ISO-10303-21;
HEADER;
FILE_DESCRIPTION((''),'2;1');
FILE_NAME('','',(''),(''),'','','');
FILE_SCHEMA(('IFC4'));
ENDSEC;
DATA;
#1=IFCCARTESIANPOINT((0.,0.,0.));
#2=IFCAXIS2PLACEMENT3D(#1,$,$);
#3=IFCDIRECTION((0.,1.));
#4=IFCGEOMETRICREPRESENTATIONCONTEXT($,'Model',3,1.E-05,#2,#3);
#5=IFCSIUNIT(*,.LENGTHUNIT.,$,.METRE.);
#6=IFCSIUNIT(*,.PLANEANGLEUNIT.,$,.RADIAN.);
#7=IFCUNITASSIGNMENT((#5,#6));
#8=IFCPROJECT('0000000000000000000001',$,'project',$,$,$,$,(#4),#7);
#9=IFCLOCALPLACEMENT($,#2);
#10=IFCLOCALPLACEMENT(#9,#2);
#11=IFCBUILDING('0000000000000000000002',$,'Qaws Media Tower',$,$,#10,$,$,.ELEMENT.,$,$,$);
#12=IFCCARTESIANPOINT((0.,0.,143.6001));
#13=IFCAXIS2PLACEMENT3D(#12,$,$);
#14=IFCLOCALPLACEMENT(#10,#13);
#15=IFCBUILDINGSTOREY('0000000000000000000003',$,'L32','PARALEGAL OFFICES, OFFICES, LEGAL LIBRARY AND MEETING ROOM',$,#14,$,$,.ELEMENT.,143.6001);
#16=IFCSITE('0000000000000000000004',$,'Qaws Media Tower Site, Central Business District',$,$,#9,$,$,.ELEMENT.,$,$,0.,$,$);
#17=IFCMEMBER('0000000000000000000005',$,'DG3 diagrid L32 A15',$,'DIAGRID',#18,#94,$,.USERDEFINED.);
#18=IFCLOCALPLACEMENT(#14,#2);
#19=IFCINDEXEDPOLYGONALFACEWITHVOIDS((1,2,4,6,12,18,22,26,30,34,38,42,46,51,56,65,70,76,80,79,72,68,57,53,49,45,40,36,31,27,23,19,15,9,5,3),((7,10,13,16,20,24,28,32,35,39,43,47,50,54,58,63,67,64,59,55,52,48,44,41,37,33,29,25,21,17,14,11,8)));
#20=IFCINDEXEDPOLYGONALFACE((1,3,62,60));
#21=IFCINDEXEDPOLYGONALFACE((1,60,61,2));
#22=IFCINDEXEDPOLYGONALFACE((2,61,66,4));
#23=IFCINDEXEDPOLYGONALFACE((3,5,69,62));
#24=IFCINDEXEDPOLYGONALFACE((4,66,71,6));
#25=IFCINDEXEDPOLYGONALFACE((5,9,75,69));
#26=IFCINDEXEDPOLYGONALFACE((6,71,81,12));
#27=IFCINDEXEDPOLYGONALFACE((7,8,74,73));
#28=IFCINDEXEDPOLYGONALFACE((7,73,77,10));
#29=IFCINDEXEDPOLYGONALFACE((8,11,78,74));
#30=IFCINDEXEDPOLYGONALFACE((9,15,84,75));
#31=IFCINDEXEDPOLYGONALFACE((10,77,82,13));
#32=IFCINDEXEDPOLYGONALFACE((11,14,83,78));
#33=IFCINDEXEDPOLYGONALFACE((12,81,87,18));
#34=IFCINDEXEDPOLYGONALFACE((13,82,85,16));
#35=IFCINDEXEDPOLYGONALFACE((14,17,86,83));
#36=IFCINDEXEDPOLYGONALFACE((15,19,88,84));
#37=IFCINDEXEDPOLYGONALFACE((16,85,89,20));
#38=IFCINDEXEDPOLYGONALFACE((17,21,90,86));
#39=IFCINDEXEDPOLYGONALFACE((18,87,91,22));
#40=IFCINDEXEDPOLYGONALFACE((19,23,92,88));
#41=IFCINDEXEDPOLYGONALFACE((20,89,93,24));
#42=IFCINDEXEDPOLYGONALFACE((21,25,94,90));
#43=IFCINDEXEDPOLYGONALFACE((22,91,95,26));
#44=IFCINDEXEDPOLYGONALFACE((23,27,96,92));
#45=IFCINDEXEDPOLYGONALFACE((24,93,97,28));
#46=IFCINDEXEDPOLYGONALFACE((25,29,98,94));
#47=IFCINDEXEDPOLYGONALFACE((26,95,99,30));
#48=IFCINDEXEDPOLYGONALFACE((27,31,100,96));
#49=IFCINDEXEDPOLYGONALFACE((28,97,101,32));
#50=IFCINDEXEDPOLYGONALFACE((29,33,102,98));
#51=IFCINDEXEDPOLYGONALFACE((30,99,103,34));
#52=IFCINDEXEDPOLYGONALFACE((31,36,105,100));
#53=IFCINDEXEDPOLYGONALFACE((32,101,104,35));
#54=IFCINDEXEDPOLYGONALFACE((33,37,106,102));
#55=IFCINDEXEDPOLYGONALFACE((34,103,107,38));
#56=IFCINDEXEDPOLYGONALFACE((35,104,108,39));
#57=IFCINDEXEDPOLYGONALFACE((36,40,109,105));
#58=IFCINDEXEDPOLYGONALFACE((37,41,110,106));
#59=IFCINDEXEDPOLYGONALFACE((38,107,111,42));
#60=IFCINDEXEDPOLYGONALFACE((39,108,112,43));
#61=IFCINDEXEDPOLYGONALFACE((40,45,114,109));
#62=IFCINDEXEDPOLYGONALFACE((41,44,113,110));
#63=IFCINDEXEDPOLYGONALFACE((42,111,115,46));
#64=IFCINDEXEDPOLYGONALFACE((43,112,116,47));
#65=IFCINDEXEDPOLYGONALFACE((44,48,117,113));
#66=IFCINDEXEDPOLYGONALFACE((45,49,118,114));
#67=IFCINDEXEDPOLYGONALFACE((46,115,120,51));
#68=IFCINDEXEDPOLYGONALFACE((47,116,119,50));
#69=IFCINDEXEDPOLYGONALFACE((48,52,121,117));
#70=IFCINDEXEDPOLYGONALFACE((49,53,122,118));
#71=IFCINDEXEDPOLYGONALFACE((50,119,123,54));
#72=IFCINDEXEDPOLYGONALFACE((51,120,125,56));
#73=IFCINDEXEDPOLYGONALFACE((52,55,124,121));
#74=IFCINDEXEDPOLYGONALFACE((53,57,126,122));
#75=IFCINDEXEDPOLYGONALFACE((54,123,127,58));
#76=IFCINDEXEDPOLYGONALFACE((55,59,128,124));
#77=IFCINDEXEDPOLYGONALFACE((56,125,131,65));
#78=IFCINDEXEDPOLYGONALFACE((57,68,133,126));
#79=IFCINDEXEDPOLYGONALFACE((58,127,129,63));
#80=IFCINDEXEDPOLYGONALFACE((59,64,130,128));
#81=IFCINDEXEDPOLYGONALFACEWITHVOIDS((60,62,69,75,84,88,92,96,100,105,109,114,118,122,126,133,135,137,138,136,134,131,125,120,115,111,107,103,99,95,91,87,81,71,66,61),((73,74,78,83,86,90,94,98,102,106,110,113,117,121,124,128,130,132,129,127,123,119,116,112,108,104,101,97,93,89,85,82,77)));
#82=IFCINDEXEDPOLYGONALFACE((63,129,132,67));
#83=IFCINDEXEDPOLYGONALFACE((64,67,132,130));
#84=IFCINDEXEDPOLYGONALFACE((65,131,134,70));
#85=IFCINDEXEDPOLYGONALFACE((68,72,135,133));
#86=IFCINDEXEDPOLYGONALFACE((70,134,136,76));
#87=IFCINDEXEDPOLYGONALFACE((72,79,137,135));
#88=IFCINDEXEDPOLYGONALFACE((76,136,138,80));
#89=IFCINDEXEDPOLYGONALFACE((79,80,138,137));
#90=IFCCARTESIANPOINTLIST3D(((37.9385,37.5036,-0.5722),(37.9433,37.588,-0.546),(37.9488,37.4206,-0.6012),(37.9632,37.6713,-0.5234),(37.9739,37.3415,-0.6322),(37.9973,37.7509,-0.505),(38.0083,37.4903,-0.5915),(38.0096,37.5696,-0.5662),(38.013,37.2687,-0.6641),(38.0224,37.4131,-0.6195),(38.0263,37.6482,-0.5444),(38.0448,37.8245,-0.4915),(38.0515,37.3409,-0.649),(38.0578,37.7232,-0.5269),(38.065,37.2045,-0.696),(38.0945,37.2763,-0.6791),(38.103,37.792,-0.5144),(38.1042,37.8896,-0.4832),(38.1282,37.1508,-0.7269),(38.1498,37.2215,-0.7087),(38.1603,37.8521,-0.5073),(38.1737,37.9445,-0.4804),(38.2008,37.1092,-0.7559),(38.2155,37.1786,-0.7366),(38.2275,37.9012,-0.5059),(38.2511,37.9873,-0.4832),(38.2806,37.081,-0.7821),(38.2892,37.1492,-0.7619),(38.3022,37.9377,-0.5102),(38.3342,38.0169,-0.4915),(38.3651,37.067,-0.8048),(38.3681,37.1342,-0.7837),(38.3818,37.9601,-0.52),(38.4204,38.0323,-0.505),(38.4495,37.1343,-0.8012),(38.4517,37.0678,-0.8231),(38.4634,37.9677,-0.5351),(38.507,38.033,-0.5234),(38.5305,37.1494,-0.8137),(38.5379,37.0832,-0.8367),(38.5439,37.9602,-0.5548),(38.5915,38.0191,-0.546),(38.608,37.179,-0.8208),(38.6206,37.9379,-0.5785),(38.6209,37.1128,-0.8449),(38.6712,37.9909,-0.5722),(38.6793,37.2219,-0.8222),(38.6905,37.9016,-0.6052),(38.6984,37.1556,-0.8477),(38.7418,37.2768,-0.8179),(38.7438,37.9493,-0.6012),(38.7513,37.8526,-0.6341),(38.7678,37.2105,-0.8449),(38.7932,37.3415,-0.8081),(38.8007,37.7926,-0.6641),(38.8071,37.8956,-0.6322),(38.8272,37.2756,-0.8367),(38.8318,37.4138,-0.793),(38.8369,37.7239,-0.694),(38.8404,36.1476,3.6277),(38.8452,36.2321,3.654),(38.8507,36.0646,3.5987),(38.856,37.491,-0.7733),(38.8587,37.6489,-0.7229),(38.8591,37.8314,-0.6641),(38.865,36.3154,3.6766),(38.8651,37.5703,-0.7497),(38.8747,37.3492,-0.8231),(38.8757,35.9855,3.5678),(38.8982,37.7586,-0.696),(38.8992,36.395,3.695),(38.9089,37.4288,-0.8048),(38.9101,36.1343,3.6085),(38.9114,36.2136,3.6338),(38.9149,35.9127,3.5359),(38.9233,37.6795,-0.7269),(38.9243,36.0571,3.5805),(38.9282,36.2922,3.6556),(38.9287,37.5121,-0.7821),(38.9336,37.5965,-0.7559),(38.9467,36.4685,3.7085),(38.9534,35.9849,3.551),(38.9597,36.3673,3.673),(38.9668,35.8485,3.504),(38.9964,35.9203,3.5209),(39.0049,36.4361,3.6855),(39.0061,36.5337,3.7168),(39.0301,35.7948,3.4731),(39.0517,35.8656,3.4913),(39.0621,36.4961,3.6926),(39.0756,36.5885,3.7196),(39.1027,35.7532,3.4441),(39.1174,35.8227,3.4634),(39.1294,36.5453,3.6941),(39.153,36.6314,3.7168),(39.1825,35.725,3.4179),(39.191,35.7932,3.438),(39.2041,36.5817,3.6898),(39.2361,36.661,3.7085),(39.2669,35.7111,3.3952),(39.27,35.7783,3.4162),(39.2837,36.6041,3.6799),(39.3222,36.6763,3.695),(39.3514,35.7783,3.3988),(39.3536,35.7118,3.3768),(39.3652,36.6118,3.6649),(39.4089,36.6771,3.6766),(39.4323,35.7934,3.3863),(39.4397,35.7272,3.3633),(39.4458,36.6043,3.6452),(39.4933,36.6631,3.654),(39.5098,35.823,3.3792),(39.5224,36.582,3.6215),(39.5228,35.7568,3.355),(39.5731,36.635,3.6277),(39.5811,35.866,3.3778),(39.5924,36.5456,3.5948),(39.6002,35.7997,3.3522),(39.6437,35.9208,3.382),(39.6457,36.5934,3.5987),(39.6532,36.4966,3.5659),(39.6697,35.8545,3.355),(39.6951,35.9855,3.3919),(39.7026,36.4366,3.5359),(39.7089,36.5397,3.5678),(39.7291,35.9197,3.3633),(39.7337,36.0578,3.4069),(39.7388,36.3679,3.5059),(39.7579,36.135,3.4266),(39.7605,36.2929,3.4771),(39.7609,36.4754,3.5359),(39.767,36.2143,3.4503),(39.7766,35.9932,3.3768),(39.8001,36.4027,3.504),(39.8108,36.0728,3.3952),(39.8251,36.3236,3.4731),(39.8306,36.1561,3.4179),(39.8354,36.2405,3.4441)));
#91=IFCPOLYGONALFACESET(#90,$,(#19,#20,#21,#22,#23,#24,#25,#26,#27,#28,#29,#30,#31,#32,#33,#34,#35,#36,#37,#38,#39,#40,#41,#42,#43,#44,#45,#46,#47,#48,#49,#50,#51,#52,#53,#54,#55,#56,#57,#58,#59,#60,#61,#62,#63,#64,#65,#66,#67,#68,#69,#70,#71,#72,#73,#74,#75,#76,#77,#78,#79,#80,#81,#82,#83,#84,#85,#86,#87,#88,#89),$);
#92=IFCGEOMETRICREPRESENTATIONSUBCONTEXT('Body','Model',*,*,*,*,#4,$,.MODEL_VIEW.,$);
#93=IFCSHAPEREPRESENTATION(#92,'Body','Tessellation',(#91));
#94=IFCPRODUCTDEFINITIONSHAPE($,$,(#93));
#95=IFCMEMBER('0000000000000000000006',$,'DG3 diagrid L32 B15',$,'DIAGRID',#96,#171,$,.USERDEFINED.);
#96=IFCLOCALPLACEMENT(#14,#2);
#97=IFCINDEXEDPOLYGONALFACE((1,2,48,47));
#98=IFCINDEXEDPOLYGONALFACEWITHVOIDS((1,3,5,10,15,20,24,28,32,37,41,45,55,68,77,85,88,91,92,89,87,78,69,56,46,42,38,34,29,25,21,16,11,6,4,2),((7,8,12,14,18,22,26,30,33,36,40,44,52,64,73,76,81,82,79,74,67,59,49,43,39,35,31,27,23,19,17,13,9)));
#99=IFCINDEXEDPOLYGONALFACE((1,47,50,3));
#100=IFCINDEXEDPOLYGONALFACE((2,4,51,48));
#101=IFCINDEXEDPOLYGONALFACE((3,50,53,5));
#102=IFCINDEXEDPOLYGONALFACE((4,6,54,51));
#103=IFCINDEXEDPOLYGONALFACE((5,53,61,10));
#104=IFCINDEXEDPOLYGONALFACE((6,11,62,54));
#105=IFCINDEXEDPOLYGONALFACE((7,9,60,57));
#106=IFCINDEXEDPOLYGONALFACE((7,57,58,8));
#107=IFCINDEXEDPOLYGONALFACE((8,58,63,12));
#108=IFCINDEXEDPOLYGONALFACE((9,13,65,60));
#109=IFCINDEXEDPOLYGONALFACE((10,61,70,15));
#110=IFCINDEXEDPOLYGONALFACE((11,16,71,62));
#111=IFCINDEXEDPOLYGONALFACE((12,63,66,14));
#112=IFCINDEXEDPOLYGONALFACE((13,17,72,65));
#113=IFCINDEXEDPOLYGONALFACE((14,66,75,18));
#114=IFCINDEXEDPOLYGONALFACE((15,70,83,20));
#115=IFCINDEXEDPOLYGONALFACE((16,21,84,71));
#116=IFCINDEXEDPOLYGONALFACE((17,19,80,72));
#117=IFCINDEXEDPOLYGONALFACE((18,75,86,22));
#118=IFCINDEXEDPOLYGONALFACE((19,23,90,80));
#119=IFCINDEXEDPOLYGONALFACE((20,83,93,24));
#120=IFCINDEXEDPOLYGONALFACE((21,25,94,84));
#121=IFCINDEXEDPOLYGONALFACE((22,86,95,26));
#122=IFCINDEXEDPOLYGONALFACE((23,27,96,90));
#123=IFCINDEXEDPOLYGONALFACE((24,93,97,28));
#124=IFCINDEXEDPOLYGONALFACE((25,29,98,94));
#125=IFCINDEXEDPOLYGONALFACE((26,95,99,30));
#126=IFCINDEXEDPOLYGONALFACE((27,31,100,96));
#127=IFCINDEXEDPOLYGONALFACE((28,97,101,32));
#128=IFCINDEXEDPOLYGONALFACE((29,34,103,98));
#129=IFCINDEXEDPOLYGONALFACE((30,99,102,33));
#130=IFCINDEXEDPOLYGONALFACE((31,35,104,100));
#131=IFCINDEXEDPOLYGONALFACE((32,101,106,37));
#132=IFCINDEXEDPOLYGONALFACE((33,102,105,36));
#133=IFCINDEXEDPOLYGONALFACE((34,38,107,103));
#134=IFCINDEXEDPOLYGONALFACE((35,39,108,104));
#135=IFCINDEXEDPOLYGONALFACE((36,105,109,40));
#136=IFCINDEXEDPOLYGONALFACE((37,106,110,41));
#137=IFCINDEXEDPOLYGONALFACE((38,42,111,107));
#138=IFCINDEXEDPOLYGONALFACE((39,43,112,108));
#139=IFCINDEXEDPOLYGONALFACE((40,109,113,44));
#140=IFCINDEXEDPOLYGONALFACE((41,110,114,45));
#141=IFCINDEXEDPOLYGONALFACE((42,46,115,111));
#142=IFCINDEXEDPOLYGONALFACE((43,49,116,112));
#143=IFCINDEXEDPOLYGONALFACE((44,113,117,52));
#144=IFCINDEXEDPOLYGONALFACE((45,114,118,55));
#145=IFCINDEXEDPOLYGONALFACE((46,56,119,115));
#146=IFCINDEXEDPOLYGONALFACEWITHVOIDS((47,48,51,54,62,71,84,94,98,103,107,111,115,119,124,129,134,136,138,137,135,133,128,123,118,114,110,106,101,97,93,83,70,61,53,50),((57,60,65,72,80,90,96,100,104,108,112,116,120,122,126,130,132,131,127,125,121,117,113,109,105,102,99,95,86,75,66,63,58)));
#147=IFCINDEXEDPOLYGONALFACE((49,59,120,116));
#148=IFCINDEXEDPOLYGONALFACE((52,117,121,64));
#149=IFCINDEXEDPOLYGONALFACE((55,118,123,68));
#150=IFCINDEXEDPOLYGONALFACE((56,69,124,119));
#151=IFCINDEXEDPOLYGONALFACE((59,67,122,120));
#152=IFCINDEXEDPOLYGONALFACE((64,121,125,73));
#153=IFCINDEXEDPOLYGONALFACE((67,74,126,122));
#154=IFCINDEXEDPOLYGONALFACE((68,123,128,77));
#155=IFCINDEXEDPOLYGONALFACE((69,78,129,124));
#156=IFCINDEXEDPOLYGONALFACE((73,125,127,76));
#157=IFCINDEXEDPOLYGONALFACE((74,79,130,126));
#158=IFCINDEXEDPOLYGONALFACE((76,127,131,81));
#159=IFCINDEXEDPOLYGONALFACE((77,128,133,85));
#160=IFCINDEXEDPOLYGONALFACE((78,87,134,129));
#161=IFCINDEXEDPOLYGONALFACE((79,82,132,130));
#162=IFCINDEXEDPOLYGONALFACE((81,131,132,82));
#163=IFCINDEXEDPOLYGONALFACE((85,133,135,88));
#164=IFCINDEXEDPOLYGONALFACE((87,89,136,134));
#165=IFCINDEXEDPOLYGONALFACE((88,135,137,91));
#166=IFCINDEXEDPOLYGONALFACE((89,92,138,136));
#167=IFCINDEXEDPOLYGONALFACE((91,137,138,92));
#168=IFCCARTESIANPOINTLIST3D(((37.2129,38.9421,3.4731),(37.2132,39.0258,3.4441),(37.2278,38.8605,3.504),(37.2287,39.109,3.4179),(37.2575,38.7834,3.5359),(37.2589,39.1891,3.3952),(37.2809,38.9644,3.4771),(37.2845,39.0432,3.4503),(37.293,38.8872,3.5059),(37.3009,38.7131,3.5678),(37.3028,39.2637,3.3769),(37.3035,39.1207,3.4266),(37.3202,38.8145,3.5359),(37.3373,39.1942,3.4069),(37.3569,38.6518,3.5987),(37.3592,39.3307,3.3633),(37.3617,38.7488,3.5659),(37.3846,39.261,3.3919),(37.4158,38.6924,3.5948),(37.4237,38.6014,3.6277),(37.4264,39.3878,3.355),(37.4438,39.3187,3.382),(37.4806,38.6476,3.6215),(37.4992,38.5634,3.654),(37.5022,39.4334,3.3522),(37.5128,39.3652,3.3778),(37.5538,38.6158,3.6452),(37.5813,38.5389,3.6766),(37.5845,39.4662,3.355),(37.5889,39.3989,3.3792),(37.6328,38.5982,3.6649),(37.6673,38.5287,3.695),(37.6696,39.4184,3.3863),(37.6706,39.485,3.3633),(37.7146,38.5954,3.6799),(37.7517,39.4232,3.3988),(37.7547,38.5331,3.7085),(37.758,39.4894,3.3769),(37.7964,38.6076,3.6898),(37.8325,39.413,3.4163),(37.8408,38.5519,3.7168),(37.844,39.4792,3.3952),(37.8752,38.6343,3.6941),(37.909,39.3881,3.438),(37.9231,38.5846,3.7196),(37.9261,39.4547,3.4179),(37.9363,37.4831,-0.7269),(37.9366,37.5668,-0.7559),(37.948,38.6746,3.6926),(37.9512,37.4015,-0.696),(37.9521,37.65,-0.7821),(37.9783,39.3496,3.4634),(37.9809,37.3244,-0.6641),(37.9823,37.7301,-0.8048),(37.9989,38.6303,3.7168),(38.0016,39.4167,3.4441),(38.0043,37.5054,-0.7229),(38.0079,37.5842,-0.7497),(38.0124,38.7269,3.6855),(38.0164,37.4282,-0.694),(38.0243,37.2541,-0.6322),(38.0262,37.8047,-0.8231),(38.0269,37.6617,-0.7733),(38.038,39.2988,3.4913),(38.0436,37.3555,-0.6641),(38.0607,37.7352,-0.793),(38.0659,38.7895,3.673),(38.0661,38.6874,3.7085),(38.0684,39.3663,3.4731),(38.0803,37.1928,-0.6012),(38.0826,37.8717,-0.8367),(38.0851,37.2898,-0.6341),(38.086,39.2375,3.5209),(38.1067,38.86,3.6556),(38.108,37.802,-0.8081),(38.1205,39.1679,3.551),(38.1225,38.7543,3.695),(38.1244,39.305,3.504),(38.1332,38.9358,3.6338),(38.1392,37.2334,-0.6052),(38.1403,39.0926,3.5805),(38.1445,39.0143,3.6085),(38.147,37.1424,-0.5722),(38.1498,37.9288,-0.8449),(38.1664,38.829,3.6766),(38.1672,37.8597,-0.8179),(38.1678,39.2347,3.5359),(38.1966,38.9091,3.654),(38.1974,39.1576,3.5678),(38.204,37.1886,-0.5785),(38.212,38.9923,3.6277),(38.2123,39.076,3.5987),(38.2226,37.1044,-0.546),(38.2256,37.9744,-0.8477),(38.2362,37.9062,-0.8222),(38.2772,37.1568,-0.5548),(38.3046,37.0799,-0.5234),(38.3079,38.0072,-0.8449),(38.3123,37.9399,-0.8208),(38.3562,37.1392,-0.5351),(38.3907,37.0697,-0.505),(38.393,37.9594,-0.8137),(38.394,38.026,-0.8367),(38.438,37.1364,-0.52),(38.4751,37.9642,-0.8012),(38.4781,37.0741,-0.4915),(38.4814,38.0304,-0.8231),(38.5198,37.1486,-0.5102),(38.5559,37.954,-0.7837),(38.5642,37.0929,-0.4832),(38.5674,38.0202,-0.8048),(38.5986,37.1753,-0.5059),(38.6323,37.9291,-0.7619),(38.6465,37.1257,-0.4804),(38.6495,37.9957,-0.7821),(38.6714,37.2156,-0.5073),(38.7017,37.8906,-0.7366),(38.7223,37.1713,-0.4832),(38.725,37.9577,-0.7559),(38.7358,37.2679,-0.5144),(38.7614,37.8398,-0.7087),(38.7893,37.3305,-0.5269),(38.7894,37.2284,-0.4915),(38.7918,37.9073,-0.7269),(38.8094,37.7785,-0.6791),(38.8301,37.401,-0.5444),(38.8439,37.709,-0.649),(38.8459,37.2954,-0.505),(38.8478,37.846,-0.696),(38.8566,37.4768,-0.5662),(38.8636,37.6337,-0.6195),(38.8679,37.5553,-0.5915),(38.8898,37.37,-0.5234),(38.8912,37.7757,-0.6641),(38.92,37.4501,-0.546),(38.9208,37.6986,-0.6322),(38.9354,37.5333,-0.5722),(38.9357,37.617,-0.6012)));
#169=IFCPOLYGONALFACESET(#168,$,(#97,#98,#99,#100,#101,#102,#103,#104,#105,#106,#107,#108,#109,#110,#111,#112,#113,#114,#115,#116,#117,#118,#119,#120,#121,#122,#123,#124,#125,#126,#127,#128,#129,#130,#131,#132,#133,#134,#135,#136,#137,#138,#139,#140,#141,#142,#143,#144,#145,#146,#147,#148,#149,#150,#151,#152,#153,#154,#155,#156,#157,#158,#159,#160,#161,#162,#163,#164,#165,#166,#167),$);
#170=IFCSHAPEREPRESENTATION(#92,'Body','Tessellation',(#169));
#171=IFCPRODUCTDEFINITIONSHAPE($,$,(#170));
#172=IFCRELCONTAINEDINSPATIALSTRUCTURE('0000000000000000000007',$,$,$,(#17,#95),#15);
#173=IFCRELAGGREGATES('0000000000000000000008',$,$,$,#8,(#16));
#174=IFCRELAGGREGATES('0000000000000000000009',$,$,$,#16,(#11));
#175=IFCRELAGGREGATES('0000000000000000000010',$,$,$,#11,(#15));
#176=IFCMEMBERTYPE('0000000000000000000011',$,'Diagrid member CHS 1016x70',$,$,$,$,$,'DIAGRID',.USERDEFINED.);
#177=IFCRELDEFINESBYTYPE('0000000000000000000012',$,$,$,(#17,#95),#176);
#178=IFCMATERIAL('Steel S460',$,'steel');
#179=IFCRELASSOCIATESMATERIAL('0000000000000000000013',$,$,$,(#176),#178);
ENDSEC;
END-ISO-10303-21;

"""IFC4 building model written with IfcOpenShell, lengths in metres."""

from ifc_helpers import new_model, si_unit, direction, frame, origin, origin_2d, place, context, subcontext, project, spatial, hollow_circle, extrude, material, material_profile, profile_set, type_object, element, save


model = new_model("IFC4")

# Units and contexts
model_context = context("Model", 3, precision=1e-05, world=origin(), true_north=direction((0.0, 1.0)))
body_context = subcontext(model_context, "Body", "Model", "MODEL_VIEW")
ifc_project = project(units=[si_unit("LENGTHUNIT", "METRE"), si_unit("PLANEANGLEUNIT", "RADIAN")], contexts=[model_context])

# Site, building, storey
site_placement = place(None, origin())
site = spatial("IfcSite", under=ifc_project, at=site_placement, Name="Qaws Media Tower Site, Central Business District", CompositionType="ELEMENT", RefElevation=0.0)
building_placement = place(site_placement, origin())
building = spatial("IfcBuilding", under=site, at=building_placement, Name="Qaws Media Tower", CompositionType="ELEMENT")
storey_placement = place(building_placement, frame((0.0, 0.0, 143.6001)))
storey = spatial("IfcBuildingStorey", under=building, at=storey_placement, Name="L32", Description="PARALEGAL OFFICES, OFFICES, LEGAL LIBRARY AND MEETING ROOM", CompositionType="ELEMENT", Elevation=143.6001)

# Members
ifc_material_1 = material(Name="Steel S460", Category="steel")
ifc_material_profile_1 = material_profile(ifc_material_1, hollow_circle(Radius=0.5081, WallThickness=0.0701, at=origin_2d()), Name="CHS 1016x70")
ifc_profile_set_1 = profile_set([ifc_material_profile_1], Name="Steel S460")
member_type = type_object("IfcMemberType", Name="Diagrid member CHS 1016x70", ElementType="DIAGRID", PredefinedType="USERDEFINED", material=ifc_profile_set_1)
for number, where, z_axis, x_axis, name in (
    (1, (38.436, 37.55, -0.6641), (0.200207, -0.301015, 0.932366), (0.832649, 0.5538, 0.0), "DG3 diagrid L32 A15"),
    (2, (38.436, 37.55, -0.6641), (-0.160589, 0.323887, 0.932367), (-0.895921, -0.444213, 0.0), "DG3 diagrid L32 B15"),
):
    element("IfcMember", number, at=place(storey_placement, frame(where, z_axis=z_axis, x_axis=x_axis)), inside=storey, type_object=member_type, Name=name, ObjectType="DIAGRID", PredefinedType="USERDEFINED", context=body_context, shape_type="SweptSolid", body=[
        extrude(hollow_circle(Radius=0.5081, WallThickness=0.0701, at=origin_2d()), origin(), (0.0, 0.0, 1.0), 4.5046),
    ])

save(model, "model.ifc")
